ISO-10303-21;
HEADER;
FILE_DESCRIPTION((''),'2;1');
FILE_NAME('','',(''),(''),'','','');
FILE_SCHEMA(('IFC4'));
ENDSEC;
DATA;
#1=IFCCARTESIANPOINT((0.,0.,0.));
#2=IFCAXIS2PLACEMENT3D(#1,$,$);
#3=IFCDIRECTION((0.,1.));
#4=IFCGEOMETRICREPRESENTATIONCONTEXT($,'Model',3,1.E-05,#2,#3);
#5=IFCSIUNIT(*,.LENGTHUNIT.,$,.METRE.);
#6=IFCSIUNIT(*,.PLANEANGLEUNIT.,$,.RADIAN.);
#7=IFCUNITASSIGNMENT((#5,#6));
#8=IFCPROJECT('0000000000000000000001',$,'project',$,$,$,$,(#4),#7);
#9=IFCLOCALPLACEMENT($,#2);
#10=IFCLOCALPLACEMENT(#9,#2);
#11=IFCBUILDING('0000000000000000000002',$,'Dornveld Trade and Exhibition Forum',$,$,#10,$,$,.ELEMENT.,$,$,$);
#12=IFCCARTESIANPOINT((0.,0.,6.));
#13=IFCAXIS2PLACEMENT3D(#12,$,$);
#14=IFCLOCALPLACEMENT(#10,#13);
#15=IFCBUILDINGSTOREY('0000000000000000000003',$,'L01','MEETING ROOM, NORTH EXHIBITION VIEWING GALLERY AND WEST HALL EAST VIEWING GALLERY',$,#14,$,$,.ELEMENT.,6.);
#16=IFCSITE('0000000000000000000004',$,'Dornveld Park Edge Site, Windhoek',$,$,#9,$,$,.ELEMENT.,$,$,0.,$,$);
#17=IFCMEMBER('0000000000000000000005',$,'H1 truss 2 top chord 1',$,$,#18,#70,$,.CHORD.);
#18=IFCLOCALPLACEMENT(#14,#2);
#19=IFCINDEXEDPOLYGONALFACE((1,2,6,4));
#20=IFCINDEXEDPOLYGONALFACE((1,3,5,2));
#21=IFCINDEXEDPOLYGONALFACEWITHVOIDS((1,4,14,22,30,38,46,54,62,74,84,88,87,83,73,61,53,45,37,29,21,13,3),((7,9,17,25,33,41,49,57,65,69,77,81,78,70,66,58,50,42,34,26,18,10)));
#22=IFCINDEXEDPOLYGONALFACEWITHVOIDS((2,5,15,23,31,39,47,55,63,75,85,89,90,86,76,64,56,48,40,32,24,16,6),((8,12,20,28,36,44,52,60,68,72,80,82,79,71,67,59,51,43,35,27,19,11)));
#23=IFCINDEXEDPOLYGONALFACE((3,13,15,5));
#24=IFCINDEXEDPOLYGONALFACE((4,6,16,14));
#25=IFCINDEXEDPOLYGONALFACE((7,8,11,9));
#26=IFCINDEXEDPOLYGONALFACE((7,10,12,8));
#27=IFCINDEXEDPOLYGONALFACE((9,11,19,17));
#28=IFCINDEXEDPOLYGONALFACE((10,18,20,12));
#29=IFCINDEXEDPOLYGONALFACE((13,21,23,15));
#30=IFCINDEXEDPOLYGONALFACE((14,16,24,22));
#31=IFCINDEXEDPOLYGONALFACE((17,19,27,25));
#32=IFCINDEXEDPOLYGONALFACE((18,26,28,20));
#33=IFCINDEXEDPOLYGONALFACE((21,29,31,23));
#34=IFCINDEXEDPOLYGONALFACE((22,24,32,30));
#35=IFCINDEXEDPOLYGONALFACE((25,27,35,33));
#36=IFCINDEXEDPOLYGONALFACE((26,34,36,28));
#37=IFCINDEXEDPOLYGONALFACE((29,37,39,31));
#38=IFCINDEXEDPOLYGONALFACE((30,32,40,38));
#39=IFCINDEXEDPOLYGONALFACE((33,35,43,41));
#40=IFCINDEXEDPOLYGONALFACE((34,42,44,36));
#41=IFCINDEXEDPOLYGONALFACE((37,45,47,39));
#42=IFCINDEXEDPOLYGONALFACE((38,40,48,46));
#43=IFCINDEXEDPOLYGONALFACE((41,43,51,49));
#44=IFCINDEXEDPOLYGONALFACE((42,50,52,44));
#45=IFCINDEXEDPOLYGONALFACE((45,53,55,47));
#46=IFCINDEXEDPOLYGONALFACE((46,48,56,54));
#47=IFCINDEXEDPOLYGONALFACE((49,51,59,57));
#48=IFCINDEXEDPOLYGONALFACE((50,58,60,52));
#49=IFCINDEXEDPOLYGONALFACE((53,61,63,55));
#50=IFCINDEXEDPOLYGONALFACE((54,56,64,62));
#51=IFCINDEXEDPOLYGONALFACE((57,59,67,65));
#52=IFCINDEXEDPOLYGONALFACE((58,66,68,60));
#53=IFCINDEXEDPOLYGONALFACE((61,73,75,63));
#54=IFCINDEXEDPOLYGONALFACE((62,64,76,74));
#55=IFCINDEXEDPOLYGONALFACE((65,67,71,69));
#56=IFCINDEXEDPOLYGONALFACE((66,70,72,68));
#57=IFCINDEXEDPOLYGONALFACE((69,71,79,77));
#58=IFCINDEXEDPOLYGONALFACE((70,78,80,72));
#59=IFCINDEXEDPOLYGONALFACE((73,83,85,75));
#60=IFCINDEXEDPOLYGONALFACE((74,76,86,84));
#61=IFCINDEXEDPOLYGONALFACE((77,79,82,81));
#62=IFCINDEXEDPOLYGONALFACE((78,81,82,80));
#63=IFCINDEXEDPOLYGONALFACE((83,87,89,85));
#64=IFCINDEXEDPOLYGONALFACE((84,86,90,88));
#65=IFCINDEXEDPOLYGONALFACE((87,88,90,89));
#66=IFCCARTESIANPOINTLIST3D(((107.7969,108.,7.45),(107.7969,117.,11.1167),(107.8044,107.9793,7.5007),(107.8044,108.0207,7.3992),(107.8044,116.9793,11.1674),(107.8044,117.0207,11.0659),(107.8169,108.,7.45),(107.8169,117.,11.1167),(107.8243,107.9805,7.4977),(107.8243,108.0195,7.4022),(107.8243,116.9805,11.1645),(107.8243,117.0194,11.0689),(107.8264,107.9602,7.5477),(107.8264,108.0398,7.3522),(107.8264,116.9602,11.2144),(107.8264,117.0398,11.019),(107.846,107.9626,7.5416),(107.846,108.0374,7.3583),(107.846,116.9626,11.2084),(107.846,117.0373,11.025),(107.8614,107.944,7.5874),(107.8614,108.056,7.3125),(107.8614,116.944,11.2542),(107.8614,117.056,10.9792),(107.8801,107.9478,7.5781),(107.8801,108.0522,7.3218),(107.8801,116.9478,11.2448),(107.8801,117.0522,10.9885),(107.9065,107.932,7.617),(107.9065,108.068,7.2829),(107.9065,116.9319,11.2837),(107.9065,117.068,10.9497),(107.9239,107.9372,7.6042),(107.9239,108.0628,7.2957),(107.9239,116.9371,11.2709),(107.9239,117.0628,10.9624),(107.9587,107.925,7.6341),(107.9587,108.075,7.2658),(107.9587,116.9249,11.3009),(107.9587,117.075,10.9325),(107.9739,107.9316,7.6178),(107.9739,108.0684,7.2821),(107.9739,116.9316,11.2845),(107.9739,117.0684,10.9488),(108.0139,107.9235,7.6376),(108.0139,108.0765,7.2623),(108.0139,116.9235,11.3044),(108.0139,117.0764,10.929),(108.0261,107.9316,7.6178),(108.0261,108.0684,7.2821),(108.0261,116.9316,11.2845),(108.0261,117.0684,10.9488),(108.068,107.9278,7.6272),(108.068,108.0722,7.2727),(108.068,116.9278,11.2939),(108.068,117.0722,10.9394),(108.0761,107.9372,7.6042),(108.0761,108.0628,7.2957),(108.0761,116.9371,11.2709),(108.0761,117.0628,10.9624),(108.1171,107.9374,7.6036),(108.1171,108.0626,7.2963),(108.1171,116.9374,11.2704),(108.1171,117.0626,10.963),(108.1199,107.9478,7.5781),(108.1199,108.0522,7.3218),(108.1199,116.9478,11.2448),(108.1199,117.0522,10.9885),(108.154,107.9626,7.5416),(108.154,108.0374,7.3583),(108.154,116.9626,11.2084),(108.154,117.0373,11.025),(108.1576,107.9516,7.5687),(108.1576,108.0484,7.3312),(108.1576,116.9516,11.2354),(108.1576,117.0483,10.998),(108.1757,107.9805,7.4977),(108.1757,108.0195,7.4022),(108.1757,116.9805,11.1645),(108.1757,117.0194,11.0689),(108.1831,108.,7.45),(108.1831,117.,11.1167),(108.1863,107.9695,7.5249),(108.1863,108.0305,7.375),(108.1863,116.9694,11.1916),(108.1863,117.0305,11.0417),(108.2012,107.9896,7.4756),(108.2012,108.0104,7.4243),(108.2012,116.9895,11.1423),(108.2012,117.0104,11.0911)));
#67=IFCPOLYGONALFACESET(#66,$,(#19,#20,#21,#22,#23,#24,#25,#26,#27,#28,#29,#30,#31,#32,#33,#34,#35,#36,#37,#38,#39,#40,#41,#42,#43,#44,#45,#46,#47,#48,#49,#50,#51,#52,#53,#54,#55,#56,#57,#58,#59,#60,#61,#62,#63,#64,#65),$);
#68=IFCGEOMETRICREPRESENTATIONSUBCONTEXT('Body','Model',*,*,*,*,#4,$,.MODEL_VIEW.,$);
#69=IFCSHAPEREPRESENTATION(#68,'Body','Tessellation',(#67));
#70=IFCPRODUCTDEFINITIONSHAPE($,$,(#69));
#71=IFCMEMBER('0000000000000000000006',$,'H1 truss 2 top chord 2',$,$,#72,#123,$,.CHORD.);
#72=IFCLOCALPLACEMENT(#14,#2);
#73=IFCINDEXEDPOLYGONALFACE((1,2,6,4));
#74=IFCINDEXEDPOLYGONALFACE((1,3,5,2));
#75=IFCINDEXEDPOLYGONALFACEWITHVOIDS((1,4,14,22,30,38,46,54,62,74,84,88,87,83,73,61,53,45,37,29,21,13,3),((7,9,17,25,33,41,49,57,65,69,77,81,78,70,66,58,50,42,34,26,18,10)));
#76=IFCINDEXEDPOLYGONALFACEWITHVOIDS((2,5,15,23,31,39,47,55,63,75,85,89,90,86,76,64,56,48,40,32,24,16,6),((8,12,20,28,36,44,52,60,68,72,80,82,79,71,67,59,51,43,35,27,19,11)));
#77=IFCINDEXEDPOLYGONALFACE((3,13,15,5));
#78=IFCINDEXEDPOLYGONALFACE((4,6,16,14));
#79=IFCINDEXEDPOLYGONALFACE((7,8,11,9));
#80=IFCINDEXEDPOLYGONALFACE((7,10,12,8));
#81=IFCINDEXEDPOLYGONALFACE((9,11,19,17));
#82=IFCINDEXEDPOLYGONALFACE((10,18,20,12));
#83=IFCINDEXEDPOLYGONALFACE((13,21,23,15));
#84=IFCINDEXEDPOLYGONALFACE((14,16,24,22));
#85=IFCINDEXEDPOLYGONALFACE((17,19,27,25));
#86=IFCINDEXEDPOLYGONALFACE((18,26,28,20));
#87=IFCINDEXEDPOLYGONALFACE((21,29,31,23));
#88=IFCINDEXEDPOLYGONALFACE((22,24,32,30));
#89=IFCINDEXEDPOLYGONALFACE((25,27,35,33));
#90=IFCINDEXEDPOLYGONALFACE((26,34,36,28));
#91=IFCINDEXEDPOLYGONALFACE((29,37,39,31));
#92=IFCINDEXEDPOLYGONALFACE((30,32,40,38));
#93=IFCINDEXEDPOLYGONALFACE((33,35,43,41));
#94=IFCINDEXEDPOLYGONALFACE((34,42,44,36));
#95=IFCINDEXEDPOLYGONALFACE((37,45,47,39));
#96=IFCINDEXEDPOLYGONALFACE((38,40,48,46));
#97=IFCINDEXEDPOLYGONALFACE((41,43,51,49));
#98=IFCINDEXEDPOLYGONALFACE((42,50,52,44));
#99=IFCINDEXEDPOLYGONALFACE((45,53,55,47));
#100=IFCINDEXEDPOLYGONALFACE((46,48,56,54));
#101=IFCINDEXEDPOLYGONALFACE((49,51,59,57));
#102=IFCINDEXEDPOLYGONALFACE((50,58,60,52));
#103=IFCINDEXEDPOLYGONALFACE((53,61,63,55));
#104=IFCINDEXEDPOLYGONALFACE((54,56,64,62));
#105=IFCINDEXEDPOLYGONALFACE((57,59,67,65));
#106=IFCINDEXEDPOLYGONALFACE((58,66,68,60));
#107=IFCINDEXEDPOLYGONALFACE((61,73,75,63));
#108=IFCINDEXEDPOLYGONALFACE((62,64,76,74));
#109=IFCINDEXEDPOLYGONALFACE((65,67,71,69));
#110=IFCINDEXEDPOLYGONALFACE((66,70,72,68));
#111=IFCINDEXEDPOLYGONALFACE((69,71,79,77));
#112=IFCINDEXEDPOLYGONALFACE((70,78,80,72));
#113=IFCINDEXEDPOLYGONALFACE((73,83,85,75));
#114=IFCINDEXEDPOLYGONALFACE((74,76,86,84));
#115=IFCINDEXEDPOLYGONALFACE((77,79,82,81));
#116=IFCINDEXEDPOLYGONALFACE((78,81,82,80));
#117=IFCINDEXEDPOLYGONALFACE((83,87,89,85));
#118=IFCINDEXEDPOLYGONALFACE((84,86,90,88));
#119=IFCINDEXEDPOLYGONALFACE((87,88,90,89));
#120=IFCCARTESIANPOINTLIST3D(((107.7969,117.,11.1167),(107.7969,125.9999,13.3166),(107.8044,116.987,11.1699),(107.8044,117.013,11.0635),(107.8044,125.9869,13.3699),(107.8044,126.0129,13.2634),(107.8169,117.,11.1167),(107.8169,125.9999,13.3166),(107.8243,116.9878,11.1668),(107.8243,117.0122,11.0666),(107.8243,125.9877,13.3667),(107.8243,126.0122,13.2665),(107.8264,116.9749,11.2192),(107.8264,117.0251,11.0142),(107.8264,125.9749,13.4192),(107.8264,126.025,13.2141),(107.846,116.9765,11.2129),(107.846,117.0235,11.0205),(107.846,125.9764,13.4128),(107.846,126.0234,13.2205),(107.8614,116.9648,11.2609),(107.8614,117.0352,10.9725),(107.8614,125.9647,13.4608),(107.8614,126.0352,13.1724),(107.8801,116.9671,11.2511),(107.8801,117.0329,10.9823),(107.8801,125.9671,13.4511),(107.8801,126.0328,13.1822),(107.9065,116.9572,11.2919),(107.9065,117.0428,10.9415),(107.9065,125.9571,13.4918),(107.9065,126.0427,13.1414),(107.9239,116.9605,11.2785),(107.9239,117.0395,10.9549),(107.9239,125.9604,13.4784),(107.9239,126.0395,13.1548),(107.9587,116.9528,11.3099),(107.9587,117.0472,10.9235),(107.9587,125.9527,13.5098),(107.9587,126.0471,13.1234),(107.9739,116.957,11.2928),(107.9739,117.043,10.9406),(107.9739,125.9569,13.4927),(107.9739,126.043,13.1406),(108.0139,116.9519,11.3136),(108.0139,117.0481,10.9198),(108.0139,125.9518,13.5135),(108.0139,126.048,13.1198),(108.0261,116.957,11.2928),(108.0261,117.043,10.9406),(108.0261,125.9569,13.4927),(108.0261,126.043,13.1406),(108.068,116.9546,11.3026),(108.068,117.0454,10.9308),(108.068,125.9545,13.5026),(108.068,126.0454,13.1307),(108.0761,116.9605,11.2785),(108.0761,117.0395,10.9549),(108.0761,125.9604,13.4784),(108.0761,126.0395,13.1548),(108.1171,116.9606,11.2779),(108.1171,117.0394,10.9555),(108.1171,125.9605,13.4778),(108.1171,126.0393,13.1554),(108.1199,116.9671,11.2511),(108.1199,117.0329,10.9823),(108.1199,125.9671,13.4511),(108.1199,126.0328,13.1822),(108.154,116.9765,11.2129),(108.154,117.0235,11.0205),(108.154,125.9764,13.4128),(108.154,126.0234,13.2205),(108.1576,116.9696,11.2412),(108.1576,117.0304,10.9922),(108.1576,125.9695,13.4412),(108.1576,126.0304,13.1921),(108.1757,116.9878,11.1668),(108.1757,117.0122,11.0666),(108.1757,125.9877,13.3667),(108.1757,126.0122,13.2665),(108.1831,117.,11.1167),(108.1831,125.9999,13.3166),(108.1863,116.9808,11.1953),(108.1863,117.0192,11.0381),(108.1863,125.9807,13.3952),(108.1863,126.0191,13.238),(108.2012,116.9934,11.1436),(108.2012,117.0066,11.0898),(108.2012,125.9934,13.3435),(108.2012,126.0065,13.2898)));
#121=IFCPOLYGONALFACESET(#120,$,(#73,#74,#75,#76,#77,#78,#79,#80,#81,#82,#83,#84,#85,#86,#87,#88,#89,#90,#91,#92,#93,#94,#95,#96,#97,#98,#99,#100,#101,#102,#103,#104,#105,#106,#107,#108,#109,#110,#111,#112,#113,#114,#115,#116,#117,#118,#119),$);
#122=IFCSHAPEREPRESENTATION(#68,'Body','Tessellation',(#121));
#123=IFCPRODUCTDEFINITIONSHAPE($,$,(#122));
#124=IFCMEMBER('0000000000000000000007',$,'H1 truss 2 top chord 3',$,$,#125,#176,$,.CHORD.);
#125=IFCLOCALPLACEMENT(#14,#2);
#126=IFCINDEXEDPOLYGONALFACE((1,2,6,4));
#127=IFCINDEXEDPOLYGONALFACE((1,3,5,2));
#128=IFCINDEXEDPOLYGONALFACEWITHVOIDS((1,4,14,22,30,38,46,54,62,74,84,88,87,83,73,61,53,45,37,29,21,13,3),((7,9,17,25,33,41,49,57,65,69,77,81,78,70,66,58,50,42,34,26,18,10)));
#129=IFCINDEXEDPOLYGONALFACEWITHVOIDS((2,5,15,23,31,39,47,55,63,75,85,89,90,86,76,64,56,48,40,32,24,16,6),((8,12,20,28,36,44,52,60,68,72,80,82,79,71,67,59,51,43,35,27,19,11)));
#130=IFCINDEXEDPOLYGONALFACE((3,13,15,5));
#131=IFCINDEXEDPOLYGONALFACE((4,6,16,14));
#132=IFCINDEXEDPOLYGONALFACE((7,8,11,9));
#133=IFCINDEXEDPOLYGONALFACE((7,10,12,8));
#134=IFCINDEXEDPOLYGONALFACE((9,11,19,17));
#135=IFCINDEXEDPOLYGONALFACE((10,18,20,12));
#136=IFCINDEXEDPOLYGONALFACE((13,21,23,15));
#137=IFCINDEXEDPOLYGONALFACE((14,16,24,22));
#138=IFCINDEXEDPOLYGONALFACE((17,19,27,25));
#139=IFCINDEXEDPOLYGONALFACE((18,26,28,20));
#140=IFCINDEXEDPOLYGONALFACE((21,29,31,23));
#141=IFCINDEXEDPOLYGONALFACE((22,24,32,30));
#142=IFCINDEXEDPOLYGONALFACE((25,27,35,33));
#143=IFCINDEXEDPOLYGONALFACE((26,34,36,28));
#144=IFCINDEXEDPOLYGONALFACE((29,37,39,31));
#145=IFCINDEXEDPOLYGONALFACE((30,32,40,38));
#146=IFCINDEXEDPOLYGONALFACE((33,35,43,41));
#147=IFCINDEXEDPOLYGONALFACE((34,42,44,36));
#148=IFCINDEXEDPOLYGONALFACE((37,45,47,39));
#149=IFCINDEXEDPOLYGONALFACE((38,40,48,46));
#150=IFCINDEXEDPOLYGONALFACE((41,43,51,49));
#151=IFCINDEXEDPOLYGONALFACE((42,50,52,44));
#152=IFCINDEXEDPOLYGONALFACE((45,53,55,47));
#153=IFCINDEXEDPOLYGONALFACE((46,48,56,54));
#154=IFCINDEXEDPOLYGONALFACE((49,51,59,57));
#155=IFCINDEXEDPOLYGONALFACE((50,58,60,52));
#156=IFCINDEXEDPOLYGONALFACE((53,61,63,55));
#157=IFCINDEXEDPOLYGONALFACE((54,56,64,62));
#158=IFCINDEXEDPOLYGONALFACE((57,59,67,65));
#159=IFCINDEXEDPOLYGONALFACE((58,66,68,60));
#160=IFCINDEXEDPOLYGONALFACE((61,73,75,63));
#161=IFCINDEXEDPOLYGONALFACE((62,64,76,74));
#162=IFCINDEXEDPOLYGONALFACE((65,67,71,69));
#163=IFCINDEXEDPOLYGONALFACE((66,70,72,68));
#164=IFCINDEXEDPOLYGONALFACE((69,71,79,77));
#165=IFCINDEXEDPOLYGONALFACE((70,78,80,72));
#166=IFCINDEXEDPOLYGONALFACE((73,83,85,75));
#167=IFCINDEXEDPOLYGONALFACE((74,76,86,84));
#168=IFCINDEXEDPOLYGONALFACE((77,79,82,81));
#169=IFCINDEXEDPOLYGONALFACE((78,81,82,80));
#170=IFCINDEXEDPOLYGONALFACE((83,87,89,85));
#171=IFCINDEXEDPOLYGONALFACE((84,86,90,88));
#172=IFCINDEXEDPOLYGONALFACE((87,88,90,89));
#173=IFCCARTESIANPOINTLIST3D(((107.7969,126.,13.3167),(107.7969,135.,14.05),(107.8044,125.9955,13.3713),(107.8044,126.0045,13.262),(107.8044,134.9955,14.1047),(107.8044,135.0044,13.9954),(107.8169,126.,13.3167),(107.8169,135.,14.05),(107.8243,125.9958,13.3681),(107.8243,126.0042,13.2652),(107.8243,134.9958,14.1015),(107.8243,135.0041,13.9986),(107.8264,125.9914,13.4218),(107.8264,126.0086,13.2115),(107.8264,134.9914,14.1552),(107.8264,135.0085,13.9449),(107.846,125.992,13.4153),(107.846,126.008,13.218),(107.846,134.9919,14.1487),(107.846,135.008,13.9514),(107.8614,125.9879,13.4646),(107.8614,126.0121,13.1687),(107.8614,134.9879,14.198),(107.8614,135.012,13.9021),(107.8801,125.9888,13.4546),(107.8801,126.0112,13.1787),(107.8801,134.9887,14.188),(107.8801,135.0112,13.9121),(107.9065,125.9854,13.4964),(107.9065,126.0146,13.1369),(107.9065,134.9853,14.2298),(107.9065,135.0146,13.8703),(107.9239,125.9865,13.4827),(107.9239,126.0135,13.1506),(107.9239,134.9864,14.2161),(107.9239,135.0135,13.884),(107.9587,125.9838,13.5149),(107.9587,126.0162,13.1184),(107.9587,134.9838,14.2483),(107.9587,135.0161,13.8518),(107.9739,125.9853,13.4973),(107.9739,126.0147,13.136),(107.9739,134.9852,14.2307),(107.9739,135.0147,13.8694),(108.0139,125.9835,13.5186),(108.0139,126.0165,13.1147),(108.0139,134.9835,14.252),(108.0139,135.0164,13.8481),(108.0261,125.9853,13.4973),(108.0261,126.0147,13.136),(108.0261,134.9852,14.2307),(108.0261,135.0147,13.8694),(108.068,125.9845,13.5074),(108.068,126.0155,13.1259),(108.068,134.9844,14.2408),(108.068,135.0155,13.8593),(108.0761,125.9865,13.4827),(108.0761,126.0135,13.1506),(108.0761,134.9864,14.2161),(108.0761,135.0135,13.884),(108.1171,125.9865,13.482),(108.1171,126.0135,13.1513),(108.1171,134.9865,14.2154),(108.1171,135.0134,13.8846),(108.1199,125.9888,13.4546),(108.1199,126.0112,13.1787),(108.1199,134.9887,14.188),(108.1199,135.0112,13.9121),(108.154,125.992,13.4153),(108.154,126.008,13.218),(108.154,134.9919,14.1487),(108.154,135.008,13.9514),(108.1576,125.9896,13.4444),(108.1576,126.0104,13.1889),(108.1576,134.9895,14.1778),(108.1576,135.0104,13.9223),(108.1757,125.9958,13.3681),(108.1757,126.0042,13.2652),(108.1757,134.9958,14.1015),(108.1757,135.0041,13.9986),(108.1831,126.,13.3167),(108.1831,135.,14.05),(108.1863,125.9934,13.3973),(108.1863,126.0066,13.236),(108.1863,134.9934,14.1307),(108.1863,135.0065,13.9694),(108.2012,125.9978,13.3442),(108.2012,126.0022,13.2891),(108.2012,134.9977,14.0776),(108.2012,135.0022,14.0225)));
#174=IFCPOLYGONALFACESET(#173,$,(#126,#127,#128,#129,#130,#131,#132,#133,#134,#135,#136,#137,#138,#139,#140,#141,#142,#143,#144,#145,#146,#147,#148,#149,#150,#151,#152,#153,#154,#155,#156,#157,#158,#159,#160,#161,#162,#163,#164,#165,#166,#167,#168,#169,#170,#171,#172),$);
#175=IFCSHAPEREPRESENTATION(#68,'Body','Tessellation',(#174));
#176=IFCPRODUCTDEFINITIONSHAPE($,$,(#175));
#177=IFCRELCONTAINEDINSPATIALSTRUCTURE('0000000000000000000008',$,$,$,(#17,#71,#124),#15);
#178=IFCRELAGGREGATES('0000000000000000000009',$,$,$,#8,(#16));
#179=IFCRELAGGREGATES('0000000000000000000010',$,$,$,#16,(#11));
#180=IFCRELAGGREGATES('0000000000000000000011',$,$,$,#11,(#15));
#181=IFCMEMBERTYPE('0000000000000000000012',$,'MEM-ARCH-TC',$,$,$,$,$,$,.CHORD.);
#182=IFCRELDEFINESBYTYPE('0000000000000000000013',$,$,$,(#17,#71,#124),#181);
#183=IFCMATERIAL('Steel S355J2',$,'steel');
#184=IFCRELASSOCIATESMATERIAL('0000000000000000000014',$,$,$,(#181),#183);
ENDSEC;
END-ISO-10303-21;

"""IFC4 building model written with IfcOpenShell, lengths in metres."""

from ifc_helpers import new_model, si_unit, direction, frame, origin, origin_2d, place, context, subcontext, project, spatial, hollow_circle, extrude, material, material_profile, profile_set, type_object, element, save


model = new_model("IFC4")

# Units and contexts
model_context = context("Model", 3, precision=1e-05, world=origin(), true_north=direction((0.0, 1.0)))
body_context = subcontext(model_context, "Body", "Model", "MODEL_VIEW")
ifc_project = project(units=[si_unit("LENGTHUNIT", "METRE"), si_unit("PLANEANGLEUNIT", "RADIAN")], contexts=[model_context])

# Site, building, storey
site_placement = place(None, origin())
site = spatial("IfcSite", under=ifc_project, at=site_placement, Name="Dornveld Park Edge Site, Windhoek", CompositionType="ELEMENT", RefElevation=0.0)
building_placement = place(site_placement, origin())
building = spatial("IfcBuilding", under=site, at=building_placement, Name="Dornveld Trade and Exhibition Forum", CompositionType="ELEMENT")
storey_placement = place(building_placement, frame((0.0, 0.0, 6.0)))
storey = spatial("IfcBuildingStorey", under=building, at=storey_placement, Name="L01", Description="MEETING ROOM, NORTH EXHIBITION VIEWING GALLERY AND WEST HALL EAST VIEWING GALLERY", CompositionType="ELEMENT", Elevation=6.0)

# Members
ifc_material_1 = material(Name="Steel S355J2", Category="steel")
ifc_material_profile_1 = material_profile(ifc_material_1, hollow_circle(Radius=0.2031, WallThickness=0.02, at=origin_2d()), Name="CHS 406.4x20")
ifc_profile_set_1 = profile_set([ifc_material_profile_1], Name="Steel S355J2")
member_type_1 = type_object("IfcMemberType", Name="MEM-ARCH-TC", PredefinedType="CHORD", material=ifc_profile_set_1)
member_1_placement = place(storey_placement, frame((108.0, 108.0, 7.45), z_axis=(0.0, 0.926089, 0.377304), x_axis=(-1.0, 0.0, 0.0)))
element("IfcMember", 1, at=member_1_placement, inside=storey, type_object=member_type_1, Name="H1 truss 2 top chord 1", PredefinedType="CHORD", context=body_context, shape_type="SweptSolid", body=[
    extrude(hollow_circle(Radius=0.2031, WallThickness=0.02, at=origin_2d()), origin(), (0.0, 0.0, 1.0), 9.7183),
])
member_2_placement = place(storey_placement, frame((108.0, 117.0, 11.1167), z_axis=(0.0, 0.9714, 0.237448), x_axis=(-1.0, 0.0, 0.0)))
element("IfcMember", 2, at=member_2_placement, inside=storey, type_object=member_type_1, Name="H1 truss 2 top chord 2", PredefinedType="CHORD", context=body_context, shape_type="SweptSolid", body=[
    extrude(hollow_circle(Radius=0.2031, WallThickness=0.02, at=origin_2d()), origin(), (0.0, 0.0, 1.0), 9.2649),
])
member_3_placement = place(storey_placement, frame((108.0, 126.0, 13.3167), z_axis=(0.0, 0.996696, 0.081219), x_axis=(-1.0, 0.0, 0.0)))
element("IfcMember", 3, at=member_3_placement, inside=storey, type_object=member_type_1, Name="H1 truss 2 top chord 3", PredefinedType="CHORD", context=body_context, shape_type="SweptSolid", body=[
    extrude(hollow_circle(Radius=0.2031, WallThickness=0.02, at=origin_2d()), origin(), (0.0, 0.0, 1.0), 9.0298),
])

save(model, "model.ifc")
